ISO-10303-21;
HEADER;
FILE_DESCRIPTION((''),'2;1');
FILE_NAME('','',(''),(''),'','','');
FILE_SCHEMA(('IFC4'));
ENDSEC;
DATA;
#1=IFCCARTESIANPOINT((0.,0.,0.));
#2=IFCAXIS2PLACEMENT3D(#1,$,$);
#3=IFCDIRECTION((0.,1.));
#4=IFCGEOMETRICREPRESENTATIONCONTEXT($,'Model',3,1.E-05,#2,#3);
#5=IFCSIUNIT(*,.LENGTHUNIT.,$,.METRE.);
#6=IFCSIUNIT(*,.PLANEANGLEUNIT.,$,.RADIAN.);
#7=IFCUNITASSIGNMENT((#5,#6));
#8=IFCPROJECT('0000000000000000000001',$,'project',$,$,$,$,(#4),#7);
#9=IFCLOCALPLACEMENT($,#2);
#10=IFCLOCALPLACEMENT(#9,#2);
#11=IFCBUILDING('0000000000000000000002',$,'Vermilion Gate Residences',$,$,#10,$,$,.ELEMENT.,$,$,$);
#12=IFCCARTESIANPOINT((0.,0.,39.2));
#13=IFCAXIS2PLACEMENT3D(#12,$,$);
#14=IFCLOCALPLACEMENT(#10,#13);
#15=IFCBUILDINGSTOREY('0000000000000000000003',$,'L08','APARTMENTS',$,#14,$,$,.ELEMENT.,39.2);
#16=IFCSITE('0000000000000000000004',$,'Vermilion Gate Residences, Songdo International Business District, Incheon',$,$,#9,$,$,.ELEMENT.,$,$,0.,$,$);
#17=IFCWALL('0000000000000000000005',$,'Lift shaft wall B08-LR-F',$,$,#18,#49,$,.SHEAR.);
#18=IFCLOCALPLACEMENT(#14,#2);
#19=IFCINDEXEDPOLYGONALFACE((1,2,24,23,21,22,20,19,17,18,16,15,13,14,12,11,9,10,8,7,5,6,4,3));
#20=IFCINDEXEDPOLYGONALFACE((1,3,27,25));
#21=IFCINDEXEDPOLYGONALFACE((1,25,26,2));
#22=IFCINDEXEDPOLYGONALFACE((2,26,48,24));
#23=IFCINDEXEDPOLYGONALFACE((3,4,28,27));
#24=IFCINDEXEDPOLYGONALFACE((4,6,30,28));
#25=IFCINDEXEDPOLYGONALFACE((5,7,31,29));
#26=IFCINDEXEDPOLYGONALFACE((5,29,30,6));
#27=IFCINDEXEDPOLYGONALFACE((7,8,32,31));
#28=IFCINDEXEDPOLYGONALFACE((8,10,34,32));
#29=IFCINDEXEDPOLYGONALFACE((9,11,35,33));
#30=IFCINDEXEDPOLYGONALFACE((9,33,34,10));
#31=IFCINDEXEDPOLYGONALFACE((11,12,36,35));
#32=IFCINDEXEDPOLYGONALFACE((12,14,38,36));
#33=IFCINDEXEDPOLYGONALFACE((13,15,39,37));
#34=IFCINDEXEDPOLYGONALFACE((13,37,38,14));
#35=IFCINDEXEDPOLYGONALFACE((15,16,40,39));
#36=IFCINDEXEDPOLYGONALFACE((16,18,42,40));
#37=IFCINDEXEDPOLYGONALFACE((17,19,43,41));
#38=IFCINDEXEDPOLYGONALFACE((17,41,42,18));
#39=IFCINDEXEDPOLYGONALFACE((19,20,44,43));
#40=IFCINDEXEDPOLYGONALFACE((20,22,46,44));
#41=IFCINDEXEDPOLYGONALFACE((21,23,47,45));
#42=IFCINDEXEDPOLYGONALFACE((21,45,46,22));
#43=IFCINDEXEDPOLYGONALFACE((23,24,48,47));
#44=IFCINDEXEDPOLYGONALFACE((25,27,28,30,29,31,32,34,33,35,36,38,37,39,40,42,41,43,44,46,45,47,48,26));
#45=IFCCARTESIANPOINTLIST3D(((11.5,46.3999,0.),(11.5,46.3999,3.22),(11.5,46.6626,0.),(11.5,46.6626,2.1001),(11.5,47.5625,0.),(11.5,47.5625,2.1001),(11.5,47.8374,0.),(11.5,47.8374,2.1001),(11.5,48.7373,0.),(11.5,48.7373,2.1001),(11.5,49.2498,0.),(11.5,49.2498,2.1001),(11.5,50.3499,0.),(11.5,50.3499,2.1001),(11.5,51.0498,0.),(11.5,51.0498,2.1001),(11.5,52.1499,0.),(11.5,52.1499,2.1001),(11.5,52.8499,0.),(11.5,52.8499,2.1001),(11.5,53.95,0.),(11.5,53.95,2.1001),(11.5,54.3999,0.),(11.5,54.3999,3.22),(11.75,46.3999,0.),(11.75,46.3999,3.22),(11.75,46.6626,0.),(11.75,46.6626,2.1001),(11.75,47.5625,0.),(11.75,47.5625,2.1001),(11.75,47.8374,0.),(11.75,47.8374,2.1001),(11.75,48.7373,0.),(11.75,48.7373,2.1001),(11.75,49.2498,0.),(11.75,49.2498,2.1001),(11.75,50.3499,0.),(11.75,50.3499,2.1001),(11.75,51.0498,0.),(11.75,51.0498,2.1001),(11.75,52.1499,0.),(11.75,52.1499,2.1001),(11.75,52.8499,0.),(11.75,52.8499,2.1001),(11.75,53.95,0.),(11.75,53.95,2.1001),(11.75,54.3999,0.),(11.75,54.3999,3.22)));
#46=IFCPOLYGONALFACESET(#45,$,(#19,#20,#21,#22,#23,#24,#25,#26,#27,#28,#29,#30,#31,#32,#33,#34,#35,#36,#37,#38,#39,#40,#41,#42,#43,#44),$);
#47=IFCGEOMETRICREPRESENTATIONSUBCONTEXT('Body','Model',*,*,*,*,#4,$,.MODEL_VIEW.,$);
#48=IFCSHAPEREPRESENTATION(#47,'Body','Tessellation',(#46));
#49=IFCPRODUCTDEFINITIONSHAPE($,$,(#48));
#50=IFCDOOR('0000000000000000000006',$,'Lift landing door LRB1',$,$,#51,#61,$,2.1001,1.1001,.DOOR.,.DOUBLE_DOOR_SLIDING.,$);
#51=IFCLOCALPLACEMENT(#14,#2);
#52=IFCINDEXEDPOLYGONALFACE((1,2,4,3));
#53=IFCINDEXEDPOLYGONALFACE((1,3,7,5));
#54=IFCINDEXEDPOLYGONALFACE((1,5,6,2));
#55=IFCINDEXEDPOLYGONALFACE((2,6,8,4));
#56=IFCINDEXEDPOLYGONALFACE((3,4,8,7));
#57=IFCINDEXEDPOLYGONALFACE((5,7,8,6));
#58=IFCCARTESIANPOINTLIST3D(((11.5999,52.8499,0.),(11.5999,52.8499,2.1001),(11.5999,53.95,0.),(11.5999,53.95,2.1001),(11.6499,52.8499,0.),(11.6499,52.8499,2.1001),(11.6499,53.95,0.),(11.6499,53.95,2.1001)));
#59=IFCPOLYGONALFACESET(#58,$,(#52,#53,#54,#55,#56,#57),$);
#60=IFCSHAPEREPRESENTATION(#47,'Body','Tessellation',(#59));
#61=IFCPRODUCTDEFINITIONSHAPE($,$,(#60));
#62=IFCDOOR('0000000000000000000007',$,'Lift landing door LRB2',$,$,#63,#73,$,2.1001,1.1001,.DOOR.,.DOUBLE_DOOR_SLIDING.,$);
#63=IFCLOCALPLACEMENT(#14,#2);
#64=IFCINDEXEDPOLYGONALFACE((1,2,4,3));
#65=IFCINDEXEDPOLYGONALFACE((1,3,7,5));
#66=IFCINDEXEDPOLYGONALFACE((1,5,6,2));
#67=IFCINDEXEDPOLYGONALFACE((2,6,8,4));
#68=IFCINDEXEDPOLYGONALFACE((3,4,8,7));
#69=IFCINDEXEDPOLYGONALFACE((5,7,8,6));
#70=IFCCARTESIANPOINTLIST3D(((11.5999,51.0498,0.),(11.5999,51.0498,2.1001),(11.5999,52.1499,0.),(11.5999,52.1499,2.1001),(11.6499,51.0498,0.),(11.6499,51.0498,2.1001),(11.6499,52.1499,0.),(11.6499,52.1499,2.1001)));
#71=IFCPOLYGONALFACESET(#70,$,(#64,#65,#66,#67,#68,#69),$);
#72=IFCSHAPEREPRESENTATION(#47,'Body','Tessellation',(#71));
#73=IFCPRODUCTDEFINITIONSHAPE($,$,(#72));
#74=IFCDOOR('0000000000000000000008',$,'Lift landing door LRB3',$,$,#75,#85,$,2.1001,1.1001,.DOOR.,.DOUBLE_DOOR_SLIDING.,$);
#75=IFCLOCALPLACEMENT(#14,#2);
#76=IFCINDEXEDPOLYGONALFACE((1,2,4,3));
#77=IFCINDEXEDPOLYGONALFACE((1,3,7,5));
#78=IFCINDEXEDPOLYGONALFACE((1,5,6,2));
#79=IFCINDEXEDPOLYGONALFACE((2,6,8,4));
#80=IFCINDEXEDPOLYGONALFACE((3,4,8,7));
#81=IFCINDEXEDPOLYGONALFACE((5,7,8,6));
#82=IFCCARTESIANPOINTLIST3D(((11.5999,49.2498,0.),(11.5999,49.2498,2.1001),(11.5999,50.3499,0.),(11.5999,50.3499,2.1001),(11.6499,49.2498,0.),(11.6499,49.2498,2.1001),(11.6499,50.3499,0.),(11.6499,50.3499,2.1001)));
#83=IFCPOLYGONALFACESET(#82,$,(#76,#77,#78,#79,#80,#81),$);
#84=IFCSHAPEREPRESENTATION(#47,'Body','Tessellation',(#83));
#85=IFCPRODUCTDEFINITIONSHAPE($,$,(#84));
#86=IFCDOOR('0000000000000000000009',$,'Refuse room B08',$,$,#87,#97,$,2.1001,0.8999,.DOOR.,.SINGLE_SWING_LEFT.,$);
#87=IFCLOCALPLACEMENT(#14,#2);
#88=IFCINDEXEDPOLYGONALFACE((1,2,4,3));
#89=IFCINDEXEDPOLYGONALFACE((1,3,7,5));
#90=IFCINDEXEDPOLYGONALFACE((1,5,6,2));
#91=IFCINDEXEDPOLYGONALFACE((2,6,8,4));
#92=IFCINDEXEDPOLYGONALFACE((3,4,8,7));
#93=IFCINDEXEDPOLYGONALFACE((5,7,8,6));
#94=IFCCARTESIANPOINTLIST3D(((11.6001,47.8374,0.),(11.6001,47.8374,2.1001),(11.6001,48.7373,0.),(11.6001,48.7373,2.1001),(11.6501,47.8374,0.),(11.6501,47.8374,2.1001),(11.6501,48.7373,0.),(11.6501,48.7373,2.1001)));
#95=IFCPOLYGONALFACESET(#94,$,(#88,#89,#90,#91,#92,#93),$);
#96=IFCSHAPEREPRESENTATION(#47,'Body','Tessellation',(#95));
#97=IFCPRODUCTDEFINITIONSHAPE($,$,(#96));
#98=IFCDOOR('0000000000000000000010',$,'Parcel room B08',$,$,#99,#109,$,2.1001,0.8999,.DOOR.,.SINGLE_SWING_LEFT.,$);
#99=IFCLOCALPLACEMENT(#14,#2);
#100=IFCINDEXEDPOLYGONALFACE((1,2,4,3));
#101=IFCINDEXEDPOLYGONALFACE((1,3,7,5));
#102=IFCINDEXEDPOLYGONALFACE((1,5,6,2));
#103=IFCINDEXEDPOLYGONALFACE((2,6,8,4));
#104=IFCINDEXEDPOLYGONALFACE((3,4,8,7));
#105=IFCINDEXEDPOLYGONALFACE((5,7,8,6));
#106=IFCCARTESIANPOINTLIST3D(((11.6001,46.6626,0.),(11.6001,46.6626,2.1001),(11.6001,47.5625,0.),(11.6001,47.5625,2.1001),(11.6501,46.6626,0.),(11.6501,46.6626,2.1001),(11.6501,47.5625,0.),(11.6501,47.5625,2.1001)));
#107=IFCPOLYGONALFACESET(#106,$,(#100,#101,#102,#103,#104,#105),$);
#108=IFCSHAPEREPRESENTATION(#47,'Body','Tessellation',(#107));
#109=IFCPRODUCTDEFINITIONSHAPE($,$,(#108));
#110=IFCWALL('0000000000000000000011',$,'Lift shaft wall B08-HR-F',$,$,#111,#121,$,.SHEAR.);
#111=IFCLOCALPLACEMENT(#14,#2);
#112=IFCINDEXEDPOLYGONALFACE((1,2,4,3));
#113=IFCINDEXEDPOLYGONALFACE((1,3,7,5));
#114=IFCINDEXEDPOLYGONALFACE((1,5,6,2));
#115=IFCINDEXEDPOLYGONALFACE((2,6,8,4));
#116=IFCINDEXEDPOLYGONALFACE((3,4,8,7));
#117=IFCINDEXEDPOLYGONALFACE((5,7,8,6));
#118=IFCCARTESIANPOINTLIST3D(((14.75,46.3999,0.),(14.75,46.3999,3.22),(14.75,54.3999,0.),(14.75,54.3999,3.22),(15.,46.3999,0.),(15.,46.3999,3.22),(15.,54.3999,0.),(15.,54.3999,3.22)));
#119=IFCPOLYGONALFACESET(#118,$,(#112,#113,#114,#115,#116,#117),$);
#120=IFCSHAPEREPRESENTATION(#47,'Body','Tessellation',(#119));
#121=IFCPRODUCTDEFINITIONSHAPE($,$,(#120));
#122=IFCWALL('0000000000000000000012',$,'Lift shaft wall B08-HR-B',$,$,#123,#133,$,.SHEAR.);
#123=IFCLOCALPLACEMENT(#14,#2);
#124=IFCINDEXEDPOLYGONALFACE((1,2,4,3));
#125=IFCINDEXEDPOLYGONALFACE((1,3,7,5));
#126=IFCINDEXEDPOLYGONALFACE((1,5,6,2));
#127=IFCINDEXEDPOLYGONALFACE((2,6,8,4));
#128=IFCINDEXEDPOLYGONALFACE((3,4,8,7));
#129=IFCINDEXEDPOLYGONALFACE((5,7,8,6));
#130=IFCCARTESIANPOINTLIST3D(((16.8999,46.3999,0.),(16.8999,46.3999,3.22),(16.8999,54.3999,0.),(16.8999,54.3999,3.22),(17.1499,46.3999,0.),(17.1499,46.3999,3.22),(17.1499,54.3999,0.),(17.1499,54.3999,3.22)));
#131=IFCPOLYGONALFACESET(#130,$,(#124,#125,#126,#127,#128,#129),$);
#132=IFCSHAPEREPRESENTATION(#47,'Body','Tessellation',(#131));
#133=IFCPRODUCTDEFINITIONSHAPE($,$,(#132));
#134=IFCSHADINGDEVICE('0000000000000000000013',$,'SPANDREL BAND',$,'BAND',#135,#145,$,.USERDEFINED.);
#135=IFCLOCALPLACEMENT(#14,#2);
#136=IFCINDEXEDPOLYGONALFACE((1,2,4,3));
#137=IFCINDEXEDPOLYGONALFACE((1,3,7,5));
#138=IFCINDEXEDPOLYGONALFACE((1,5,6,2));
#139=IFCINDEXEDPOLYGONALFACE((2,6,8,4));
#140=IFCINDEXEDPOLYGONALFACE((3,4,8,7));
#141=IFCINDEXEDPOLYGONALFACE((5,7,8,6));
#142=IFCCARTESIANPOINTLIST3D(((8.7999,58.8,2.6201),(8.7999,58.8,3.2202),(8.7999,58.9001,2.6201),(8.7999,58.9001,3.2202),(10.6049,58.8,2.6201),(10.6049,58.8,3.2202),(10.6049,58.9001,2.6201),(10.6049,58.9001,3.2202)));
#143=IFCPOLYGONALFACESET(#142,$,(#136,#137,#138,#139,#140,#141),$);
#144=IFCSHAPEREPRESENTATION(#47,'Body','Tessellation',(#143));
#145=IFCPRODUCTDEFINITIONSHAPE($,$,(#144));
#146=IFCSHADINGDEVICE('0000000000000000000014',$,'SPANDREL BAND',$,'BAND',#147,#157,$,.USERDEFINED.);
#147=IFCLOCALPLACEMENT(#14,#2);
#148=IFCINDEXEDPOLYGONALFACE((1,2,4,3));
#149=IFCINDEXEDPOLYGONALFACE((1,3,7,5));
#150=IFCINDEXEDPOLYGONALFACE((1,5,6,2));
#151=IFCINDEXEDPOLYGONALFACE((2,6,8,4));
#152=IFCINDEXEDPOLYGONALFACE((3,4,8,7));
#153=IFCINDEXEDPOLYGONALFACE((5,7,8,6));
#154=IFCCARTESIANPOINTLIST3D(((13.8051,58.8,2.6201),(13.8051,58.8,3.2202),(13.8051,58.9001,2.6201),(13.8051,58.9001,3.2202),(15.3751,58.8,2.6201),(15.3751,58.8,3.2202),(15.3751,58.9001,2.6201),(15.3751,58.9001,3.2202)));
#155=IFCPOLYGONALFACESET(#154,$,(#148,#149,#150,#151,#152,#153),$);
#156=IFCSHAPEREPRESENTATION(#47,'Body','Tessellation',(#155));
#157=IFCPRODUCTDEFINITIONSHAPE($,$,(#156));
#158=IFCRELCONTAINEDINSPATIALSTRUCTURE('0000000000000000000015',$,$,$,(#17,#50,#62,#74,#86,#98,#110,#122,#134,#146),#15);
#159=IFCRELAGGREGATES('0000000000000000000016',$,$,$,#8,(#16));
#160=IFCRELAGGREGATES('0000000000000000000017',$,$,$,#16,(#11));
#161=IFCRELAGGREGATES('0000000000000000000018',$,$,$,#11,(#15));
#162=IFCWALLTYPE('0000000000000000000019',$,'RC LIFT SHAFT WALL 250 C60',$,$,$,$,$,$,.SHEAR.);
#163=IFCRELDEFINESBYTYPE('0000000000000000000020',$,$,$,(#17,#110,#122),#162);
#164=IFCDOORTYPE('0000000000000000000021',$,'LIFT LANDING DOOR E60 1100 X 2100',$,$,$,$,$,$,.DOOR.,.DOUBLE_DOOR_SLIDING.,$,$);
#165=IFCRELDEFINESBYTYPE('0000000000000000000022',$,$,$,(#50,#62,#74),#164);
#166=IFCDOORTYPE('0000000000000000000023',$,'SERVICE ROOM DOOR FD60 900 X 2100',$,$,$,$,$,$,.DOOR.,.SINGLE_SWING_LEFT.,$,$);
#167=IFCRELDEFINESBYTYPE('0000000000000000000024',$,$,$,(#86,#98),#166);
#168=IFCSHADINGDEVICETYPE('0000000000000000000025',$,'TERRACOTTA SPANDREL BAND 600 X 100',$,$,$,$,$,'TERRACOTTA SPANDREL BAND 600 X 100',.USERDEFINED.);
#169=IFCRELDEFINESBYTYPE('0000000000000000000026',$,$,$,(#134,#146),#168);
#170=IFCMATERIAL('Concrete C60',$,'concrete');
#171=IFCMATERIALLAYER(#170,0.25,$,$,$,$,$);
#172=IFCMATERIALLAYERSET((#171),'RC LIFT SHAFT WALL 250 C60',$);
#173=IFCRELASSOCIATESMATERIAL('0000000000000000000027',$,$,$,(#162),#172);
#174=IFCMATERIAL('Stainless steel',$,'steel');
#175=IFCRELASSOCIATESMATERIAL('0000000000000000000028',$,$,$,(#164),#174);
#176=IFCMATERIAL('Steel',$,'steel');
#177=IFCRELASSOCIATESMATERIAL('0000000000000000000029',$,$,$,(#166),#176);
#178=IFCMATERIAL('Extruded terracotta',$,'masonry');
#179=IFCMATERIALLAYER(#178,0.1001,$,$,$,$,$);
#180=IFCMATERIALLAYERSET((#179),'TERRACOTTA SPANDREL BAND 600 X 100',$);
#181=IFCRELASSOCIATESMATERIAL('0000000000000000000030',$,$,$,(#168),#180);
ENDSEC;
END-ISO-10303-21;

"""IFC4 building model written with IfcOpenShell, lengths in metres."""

from ifc_helpers import new_model, si_unit, direction, frame, frame_2d, origin, origin_2d, place, context, subcontext, project, spatial, rectangle, extrude, material, layer, layer_set, type_object, element, fill, save


model = new_model("IFC4")

# Units and contexts
model_context = context("Model", 3, precision=1e-05, world=origin(), true_north=direction((0.0, 1.0)))
body_context = subcontext(model_context, "Body", "Model", "MODEL_VIEW")
ifc_project = project(units=[si_unit("LENGTHUNIT", "METRE"), si_unit("PLANEANGLEUNIT", "RADIAN")], contexts=[model_context])

# Site, building, storey
site_placement = place(None, origin())
site = spatial("IfcSite", under=ifc_project, at=site_placement, Name="Vermilion Gate Residences, Songdo International Business District, Incheon", CompositionType="ELEMENT", RefElevation=0.0)
building_placement = place(site_placement, origin())
building = spatial("IfcBuilding", under=site, at=building_placement, Name="Vermilion Gate Residences", CompositionType="ELEMENT")
storey_placement = place(building_placement, frame((0.0, 0.0, 39.2)))
storey = spatial("IfcBuildingStorey", under=building, at=storey_placement, Name="L08", Description="APARTMENTS", CompositionType="ELEMENT", Elevation=39.2)

# Wall, openings, doors
ifc_material_1 = material(Name="Concrete C60", Category="concrete")
ifc_layer_1 = layer(ifc_material_1, 0.25)
ifc_layer_set_1 = layer_set([ifc_layer_1], Name="RC LIFT SHAFT WALL 250 C60")
wall_type_1 = type_object("IfcWallType", Name="RC LIFT SHAFT WALL 250 C60", PredefinedType="SHEAR", material=ifc_layer_set_1)
wall_1_placement = place(storey_placement, frame((11.625, 54.3999, 0.0), z_axis=(0.0, 0.0, 1.0), x_axis=(0.0, -1.0, 0.0)))
wall_1 = element("IfcWall", 1, at=wall_1_placement, inside=storey, type_object=wall_type_1, Name="Lift shaft wall B08-LR-F", PredefinedType="SHEAR", context=body_context, shape_type="SweptSolid", body=[
    extrude(rectangle(XDim=8.0, YDim=0.25, at=frame_2d((4.0, 0.0))), origin(), (0.0, 0.0, 1.0), 3.22),
])
opening_1_placement = place(wall_1_placement, frame((0.45, 0.0, 0.0)))
opening_1 = element("IfcOpeningElement", 2, at=opening_1_placement, cuts=wall_1, PredefinedType="OPENING", context=body_context, shape_type="SweptSolid", body=[
    extrude(rectangle(XDim=1.1001, YDim=2.1001, at=frame_2d((0.55, 1.05))), frame((0.0, 0.135, 0.0), z_axis=(0.0, -1.0, 0.0), x_axis=(1.0, 0.0, 0.0)), (0.0, 0.0, 1.0), 0.27),
])
opening_2_placement = place(wall_1_placement, frame((2.25, 0.0, 0.0)))
opening_2 = element("IfcOpeningElement", 3, at=opening_2_placement, cuts=wall_1, PredefinedType="OPENING", context=body_context, shape_type="SweptSolid", body=[
    extrude(rectangle(XDim=1.1001, YDim=2.1001, at=frame_2d((0.55, 1.05))), frame((0.0, 0.135, 0.0), z_axis=(0.0, -1.0, 0.0), x_axis=(1.0, 0.0, 0.0)), (0.0, 0.0, 1.0), 0.27),
])
opening_3_placement = place(wall_1_placement, frame((4.05, 0.0, 0.0)))
opening_3 = element("IfcOpeningElement", 4, at=opening_3_placement, cuts=wall_1, PredefinedType="OPENING", context=body_context, shape_type="SweptSolid", body=[
    extrude(rectangle(XDim=1.1001, YDim=2.1001, at=frame_2d((0.55, 1.05))), frame((0.0, 0.135, 0.0), z_axis=(0.0, -1.0, 0.0), x_axis=(1.0, 0.0, 0.0)), (0.0, 0.0, 1.0), 0.27),
])
opening_4_placement = place(wall_1_placement, frame((5.6626, 0.0, 0.0)))
opening_4 = element("IfcOpeningElement", 5, at=opening_4_placement, cuts=wall_1, PredefinedType="OPENING", context=body_context, shape_type="SweptSolid", body=[
    extrude(rectangle(XDim=0.8999, YDim=2.1001, at=frame_2d((0.45, 1.05))), frame((0.0, 0.135, 0.0), z_axis=(0.0, -1.0, 0.0), x_axis=(1.0, 0.0, 0.0)), (0.0, 0.0, 1.0), 0.27),
])
opening_5_placement = place(wall_1_placement, frame((6.8374, 0.0, 0.0)))
opening_5 = element("IfcOpeningElement", 6, at=opening_5_placement, cuts=wall_1, PredefinedType="OPENING", context=body_context, shape_type="SweptSolid", body=[
    extrude(rectangle(XDim=0.8999, YDim=2.1001, at=frame_2d((0.45, 1.05))), frame((0.0, 0.135, 0.0), z_axis=(0.0, -1.0, 0.0), x_axis=(1.0, 0.0, 0.0)), (0.0, 0.0, 1.0), 0.27),
])
ifc_material_2 = material(Name="Stainless steel", Category="steel")
door_type_1 = type_object("IfcDoorType", Name="LIFT LANDING DOOR E60 1100 X 2100", OperationType="DOUBLE_DOOR_SLIDING", PredefinedType="DOOR", material=ifc_material_2)
door_1_placement = place(opening_1_placement, origin())
door_1 = element("IfcDoor", 7, at=door_1_placement, inside=storey, type_object=door_type_1, Name="Lift landing door LRB1", OperationType="DOUBLE_DOOR_SLIDING", OverallHeight=2.1001, OverallWidth=1.1001, PredefinedType="DOOR", context=body_context, shape_type="SweptSolid", body=[
    extrude(rectangle(XDim=1.1001, YDim=2.1001, at=frame_2d((0.55, 1.05))), frame((0.0, 0.0249, 0.0), z_axis=(0.0, -1.0, 0.0), x_axis=(1.0, 0.0, 0.0)), (0.0, 0.0, 1.0), 0.05),
])
fill(opening_1, door_1)
door_2_placement = place(opening_2_placement, origin())
door_2 = element("IfcDoor", 8, at=door_2_placement, inside=storey, type_object=door_type_1, Name="Lift landing door LRB2", OperationType="DOUBLE_DOOR_SLIDING", OverallHeight=2.1001, OverallWidth=1.1001, PredefinedType="DOOR", context=body_context, shape_type="SweptSolid", body=[
    extrude(rectangle(XDim=1.1001, YDim=2.1001, at=frame_2d((0.55, 1.05))), frame((0.0, 0.0249, 0.0), z_axis=(0.0, -1.0, 0.0), x_axis=(1.0, 0.0, 0.0)), (0.0, 0.0, 1.0), 0.05),
])
fill(opening_2, door_2)
door_3_placement = place(opening_3_placement, origin())
door_3 = element("IfcDoor", 9, at=door_3_placement, inside=storey, type_object=door_type_1, Name="Lift landing door LRB3", OperationType="DOUBLE_DOOR_SLIDING", OverallHeight=2.1001, OverallWidth=1.1001, PredefinedType="DOOR", context=body_context, shape_type="SweptSolid", body=[
    extrude(rectangle(XDim=1.1001, YDim=2.1001, at=frame_2d((0.55, 1.05))), frame((0.0, 0.0249, 0.0), z_axis=(0.0, -1.0, 0.0), x_axis=(1.0, 0.0, 0.0)), (0.0, 0.0, 1.0), 0.05),
])
fill(opening_3, door_3)
ifc_material_3 = material(Name="Steel", Category="steel")
door_type_2 = type_object("IfcDoorType", Name="SERVICE ROOM DOOR FD60 900 X 2100", OperationType="SINGLE_SWING_LEFT", PredefinedType="DOOR", material=ifc_material_3)
door_4_placement = place(opening_4_placement, frame((0.8999, 0.0, 0.0), z_axis=(0.0, 0.0, 1.0), x_axis=(-1.0, 0.0, 0.0)))
door_4 = element("IfcDoor", 10, at=door_4_placement, inside=storey, type_object=door_type_2, Name="Refuse room B08", OperationType="SINGLE_SWING_LEFT", OverallHeight=2.1001, OverallWidth=0.8999, PredefinedType="DOOR", context=body_context, shape_type="SweptSolid", body=[
    extrude(rectangle(XDim=0.8999, YDim=2.1001, at=frame_2d((0.45, 1.05))), frame((0.0, 0.0249, 0.0), z_axis=(0.0, -1.0, 0.0), x_axis=(1.0, 0.0, 0.0)), (0.0, 0.0, 1.0), 0.05),
])
fill(opening_4, door_4)
door_5_placement = place(opening_5_placement, frame((0.8999, 0.0, 0.0), z_axis=(0.0, 0.0, 1.0), x_axis=(-1.0, 0.0, 0.0)))
door_5 = element("IfcDoor", 11, at=door_5_placement, inside=storey, type_object=door_type_2, Name="Parcel room B08", OperationType="SINGLE_SWING_LEFT", OverallHeight=2.1001, OverallWidth=0.8999, PredefinedType="DOOR", context=body_context, shape_type="SweptSolid", body=[
    extrude(rectangle(XDim=0.8999, YDim=2.1001, at=frame_2d((0.45, 1.05))), frame((0.0, 0.0249, 0.0), z_axis=(0.0, -1.0, 0.0), x_axis=(1.0, 0.0, 0.0)), (0.0, 0.0, 1.0), 0.05),
])
fill(opening_5, door_5)

# Walls
for number, where, z_axis, x_axis, name in (
    (12, (14.875, 54.3999, 0.0), (0.0, 0.0, 1.0), (0.0, -1.0, 0.0), "Lift shaft wall B08-HR-F"),
    (13, (17.0249, 54.3999, 0.0), (0.0, 0.0, 1.0), (0.0, -1.0, 0.0), "Lift shaft wall B08-HR-B"),
):
    element("IfcWall", number, at=place(storey_placement, frame(where, z_axis=z_axis, x_axis=x_axis)), inside=storey, type_object=wall_type_1, Name=name, PredefinedType="SHEAR", context=body_context, shape_type="SweptSolid", body=[
        extrude(rectangle(XDim=8.0, YDim=0.25, at=frame_2d((4.0, 0.0))), origin(), (0.0, 0.0, 1.0), 3.22),
    ])

# Shading devices
ifc_material_4 = material(Name="Extruded terracotta", Category="masonry")
ifc_layer_2 = layer(ifc_material_4, 0.1001)
ifc_layer_set_2 = layer_set([ifc_layer_2], Name="TERRACOTTA SPANDREL BAND 600 X 100")
shading_device_type = type_object("IfcShadingDeviceType", Name="TERRACOTTA SPANDREL BAND 600 X 100", ElementType="TERRACOTTA SPANDREL BAND 600 X 100", PredefinedType="USERDEFINED", material=ifc_layer_set_2)
shading_device_1_placement = place(storey_placement, frame((9.7024, 58.8501, 2.6201), z_axis=(0.0, 0.0, 1.0), x_axis=(1.0, 0.0, 0.0)))
element("IfcShadingDevice", 14, at=shading_device_1_placement, inside=storey, type_object=shading_device_type, Name="SPANDREL BAND", ObjectType="BAND", PredefinedType="USERDEFINED", context=body_context, shape_type="SweptSolid", body=[
    extrude(rectangle(XDim=1.8049, YDim=0.1001, at=origin_2d()), origin(), (0.0, 0.0, 1.0), 0.6001),
])
shading_device_2_placement = place(storey_placement, frame((14.5901, 58.8501, 2.6201), z_axis=(0.0, 0.0, 1.0), x_axis=(1.0, 0.0, 0.0)))
element("IfcShadingDevice", 15, at=shading_device_2_placement, inside=storey, type_object=shading_device_type, Name="SPANDREL BAND", ObjectType="BAND", PredefinedType="USERDEFINED", context=body_context, shape_type="SweptSolid", body=[
    extrude(rectangle(XDim=1.5701, YDim=0.1001, at=origin_2d()), origin(), (0.0, 0.0, 1.0), 0.6001),
])

save(model, "model.ifc")
